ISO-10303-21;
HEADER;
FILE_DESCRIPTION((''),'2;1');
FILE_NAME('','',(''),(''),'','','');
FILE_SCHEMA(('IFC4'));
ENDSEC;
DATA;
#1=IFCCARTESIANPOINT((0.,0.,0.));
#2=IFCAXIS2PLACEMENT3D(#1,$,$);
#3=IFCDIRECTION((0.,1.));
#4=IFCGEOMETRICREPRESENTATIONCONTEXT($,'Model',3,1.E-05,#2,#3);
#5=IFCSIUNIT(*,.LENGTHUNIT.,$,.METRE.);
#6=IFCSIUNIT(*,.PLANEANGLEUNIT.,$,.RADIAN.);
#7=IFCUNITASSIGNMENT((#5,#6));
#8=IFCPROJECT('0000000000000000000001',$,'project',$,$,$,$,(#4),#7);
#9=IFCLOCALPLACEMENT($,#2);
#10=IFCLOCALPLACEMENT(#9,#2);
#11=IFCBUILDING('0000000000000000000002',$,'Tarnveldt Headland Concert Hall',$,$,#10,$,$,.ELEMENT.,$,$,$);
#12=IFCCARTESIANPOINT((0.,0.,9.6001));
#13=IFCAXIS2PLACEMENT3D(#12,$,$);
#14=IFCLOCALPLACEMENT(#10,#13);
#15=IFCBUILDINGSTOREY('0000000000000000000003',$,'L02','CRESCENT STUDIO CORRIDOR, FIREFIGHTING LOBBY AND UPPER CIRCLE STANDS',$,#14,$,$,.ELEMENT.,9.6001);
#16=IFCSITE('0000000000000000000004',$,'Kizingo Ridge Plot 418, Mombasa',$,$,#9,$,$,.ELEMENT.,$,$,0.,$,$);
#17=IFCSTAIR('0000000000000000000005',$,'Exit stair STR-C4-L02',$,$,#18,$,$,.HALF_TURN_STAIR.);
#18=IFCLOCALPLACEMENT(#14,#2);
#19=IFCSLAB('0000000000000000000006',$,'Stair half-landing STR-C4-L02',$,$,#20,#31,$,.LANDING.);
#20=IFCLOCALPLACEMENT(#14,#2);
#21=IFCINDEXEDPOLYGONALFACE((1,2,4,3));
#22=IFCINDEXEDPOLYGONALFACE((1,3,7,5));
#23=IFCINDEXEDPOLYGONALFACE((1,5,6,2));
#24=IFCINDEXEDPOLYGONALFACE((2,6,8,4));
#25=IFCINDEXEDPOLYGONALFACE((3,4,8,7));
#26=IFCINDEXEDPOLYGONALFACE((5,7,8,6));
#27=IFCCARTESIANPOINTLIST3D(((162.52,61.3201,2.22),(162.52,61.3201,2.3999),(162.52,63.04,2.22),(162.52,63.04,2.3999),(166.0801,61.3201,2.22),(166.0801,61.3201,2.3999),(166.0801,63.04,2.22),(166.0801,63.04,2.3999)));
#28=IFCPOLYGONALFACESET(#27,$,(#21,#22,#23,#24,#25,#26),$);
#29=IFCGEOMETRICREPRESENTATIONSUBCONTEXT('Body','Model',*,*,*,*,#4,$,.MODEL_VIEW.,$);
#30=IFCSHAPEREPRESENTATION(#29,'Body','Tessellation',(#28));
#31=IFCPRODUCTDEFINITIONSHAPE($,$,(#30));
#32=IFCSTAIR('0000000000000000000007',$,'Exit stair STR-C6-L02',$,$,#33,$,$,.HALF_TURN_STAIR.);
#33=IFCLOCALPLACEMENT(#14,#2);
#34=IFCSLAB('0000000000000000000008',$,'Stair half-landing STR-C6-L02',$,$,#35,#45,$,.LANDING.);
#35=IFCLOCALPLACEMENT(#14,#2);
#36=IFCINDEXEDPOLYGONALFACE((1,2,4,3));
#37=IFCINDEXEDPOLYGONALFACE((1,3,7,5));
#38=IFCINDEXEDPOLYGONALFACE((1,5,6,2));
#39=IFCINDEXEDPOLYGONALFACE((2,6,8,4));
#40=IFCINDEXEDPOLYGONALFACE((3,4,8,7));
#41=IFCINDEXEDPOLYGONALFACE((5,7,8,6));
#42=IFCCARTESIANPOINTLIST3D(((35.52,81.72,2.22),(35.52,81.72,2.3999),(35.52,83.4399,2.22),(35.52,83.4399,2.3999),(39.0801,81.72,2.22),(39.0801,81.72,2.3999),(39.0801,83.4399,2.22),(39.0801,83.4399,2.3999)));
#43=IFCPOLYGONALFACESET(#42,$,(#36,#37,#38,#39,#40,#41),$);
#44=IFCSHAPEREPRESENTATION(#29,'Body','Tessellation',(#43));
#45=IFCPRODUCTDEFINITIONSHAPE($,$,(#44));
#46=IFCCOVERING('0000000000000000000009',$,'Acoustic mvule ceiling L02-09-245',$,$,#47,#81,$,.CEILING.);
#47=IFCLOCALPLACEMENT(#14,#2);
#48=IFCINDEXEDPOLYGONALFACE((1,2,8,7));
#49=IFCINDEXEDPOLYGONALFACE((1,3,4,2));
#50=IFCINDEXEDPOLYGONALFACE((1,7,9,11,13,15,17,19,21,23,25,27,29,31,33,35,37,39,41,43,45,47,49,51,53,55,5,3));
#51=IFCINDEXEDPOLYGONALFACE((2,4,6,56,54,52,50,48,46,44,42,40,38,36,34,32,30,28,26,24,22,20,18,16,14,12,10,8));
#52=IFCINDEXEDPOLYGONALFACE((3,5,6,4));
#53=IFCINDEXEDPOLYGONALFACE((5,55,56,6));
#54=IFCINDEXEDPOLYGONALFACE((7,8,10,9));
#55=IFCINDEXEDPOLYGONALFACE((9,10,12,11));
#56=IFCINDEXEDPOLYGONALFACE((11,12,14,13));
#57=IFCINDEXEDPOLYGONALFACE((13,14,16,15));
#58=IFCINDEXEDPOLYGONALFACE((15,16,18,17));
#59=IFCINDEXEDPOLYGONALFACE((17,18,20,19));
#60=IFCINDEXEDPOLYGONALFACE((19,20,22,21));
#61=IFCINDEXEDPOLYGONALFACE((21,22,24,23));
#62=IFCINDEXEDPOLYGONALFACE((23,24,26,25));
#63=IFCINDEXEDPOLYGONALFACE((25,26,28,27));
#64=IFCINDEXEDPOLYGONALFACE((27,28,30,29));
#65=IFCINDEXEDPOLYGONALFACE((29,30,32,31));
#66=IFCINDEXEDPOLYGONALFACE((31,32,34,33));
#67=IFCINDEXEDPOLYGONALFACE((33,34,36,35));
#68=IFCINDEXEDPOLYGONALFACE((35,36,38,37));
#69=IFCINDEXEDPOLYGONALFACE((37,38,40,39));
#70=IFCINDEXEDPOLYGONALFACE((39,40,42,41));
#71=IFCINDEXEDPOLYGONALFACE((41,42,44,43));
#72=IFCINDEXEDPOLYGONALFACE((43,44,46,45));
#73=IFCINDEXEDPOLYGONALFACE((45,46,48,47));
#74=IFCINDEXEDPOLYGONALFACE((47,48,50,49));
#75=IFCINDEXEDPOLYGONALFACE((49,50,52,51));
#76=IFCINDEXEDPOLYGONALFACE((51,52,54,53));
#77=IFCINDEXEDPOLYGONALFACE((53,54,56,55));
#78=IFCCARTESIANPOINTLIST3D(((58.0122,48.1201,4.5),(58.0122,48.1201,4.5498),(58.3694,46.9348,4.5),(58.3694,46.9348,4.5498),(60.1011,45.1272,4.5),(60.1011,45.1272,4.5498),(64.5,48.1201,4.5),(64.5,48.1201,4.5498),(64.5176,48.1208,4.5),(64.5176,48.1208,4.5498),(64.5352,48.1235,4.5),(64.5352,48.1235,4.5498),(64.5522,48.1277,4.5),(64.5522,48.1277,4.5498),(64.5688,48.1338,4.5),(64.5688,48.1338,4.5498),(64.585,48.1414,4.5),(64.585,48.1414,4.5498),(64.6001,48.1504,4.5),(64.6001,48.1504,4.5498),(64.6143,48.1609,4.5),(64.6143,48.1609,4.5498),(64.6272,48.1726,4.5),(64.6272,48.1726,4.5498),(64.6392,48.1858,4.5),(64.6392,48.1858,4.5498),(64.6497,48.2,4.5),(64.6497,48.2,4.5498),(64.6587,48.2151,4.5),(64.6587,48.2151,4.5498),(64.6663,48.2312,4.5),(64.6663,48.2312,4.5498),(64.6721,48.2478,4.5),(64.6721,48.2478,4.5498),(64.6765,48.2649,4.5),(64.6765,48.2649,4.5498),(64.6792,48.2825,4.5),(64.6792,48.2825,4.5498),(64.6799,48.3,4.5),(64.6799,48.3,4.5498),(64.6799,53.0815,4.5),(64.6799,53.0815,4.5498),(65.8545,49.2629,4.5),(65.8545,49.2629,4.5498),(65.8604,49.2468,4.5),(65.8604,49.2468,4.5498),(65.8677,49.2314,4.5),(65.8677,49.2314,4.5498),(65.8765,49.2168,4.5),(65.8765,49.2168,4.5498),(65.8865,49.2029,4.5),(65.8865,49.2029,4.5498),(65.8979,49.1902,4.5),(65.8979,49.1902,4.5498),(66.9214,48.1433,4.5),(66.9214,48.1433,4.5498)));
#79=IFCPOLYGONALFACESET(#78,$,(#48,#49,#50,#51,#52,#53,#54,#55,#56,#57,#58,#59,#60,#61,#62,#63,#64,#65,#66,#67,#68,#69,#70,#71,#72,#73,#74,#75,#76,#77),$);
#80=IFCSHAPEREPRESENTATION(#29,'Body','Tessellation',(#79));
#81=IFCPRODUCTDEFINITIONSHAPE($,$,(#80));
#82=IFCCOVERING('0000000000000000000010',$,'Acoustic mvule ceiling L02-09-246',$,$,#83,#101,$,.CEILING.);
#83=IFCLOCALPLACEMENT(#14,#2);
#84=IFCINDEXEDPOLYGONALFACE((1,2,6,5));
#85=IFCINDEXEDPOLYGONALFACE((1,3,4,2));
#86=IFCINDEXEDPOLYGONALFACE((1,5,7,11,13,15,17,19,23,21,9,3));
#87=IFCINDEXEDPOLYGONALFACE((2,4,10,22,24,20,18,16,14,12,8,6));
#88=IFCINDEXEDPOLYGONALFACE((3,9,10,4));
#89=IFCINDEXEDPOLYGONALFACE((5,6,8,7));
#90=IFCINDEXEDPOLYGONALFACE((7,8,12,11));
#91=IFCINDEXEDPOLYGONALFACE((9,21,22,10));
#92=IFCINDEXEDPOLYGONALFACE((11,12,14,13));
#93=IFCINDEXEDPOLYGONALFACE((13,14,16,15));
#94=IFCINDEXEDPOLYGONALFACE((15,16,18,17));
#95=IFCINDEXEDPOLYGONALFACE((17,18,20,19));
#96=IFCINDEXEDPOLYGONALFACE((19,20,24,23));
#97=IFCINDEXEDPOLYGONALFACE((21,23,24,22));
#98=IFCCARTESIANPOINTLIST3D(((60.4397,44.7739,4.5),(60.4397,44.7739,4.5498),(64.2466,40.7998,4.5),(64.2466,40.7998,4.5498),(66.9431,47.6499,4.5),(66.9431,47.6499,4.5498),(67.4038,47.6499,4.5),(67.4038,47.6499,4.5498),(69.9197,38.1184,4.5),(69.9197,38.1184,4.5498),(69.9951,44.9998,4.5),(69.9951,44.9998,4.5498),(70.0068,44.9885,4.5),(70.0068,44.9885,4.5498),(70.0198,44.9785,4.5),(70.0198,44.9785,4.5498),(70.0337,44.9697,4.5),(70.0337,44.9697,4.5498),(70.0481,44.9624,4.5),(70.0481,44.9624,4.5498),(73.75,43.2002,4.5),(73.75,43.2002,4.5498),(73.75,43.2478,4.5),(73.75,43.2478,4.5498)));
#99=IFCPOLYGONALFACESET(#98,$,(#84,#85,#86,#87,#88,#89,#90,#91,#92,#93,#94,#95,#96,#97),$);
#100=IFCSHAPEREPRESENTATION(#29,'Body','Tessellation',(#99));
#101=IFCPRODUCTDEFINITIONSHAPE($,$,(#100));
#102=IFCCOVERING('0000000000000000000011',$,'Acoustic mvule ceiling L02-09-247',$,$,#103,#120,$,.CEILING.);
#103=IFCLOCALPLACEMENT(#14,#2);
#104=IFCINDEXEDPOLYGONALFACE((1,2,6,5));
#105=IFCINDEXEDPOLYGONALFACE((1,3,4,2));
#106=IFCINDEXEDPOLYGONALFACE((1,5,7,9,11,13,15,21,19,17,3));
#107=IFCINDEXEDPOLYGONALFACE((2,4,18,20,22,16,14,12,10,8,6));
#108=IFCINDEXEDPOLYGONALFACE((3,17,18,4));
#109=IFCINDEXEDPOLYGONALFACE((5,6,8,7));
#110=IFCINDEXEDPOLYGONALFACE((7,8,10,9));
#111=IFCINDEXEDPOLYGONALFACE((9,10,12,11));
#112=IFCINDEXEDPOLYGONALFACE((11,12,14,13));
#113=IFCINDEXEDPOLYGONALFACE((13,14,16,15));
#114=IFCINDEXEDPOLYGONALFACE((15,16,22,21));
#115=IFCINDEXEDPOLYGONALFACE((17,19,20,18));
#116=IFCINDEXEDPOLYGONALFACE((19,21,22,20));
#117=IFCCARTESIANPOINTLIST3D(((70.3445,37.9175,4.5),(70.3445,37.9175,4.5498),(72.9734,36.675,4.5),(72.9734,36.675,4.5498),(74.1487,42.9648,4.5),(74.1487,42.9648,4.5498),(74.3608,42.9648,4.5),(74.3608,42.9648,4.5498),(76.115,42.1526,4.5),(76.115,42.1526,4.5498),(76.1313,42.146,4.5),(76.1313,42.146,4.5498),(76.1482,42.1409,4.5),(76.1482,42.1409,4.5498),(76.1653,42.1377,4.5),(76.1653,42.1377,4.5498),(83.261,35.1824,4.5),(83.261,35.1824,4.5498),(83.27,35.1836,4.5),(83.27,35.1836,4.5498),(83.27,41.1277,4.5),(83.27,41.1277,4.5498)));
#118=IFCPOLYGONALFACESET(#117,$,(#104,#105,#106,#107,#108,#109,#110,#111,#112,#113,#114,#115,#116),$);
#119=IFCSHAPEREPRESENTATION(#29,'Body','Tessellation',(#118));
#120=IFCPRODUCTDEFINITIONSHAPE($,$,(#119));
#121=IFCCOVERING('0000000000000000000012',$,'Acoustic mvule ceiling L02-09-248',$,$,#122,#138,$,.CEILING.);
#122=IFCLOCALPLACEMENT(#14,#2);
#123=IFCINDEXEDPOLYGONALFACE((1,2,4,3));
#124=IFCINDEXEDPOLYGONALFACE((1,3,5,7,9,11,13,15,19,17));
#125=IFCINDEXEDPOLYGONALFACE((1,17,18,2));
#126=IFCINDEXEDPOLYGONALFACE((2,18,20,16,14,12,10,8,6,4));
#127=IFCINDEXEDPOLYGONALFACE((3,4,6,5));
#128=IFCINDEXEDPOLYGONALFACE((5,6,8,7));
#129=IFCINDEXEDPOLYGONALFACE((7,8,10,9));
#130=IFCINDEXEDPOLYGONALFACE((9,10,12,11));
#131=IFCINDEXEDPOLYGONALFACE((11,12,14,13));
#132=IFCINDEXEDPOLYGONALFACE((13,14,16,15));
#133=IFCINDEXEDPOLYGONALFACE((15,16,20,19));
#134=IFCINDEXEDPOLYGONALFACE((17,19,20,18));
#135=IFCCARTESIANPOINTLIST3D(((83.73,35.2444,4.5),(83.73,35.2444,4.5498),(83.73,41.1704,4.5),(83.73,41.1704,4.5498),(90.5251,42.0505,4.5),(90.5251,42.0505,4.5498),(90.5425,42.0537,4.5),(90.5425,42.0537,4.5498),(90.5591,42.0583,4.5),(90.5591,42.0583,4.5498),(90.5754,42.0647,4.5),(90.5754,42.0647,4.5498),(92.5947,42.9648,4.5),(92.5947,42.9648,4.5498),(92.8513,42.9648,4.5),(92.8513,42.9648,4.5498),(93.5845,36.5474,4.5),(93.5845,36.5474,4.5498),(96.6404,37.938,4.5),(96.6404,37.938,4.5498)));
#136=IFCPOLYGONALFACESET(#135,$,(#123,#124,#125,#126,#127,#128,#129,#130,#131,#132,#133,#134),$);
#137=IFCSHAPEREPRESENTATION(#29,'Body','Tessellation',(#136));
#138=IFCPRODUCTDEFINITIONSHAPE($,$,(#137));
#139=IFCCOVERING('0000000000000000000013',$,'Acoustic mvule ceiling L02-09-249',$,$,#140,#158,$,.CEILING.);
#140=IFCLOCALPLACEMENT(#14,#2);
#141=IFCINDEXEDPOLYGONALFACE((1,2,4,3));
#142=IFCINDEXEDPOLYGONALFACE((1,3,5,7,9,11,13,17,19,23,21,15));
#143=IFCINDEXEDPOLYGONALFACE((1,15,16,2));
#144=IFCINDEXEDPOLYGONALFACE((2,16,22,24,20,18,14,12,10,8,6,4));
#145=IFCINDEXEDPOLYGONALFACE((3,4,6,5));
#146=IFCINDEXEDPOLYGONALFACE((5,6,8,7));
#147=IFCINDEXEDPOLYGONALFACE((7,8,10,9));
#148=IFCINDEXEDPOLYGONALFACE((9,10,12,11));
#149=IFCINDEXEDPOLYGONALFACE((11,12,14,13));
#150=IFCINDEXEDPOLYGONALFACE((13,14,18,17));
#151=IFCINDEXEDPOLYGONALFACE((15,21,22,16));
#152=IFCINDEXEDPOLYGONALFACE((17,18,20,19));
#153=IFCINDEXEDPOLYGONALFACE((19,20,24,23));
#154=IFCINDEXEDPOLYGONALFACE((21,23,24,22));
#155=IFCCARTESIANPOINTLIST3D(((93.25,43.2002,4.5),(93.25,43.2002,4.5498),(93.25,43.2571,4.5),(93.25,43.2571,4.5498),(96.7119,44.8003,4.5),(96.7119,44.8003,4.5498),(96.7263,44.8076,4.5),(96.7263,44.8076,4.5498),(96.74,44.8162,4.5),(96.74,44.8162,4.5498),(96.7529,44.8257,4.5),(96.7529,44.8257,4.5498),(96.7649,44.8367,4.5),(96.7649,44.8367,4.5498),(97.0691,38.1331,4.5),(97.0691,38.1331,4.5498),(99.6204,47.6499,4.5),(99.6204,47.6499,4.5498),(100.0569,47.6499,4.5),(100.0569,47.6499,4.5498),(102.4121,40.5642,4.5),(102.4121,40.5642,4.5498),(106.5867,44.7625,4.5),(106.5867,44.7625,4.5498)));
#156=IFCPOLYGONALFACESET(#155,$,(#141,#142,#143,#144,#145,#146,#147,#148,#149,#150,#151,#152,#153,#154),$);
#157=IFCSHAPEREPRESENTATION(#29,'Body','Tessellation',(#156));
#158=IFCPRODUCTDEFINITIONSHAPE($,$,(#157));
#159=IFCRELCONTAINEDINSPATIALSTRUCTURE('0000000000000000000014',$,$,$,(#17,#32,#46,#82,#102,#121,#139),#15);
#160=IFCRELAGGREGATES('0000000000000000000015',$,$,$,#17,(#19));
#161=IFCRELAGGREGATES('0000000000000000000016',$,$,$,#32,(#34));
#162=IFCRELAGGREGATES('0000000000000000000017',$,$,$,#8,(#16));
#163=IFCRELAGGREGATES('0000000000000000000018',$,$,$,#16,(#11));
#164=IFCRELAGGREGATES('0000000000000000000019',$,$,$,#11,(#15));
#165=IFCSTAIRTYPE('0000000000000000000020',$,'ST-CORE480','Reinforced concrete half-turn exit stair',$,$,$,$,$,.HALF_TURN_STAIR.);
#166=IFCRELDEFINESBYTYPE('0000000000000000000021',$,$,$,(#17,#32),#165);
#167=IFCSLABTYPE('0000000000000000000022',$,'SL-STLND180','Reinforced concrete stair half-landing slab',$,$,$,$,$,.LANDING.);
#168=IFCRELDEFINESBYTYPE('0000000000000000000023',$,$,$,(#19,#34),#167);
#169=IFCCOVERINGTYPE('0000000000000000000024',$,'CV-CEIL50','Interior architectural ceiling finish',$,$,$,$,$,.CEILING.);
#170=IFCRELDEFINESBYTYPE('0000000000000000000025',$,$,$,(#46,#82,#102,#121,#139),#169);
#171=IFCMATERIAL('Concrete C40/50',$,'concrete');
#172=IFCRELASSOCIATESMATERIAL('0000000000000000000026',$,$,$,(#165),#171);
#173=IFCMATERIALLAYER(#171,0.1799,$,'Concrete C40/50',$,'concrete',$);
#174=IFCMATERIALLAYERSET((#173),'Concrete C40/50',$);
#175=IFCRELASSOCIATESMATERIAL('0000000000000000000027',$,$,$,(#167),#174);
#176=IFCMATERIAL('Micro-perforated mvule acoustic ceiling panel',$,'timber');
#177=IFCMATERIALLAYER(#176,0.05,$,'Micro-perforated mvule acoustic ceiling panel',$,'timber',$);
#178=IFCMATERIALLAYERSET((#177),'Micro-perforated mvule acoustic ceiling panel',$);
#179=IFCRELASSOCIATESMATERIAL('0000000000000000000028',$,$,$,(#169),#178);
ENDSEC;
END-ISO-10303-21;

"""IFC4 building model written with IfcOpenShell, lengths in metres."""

from ifc_helpers import new_model, si_unit, direction, frame, origin, place, context, subcontext, project, spatial, polyline, outline, extrude, material, layer, layer_set, type_object, element, aggregate, save


model = new_model("IFC4")

# Units and contexts
model_context = context("Model", 3, precision=1e-05, world=origin(), true_north=direction((0.0, 1.0)))
body_context = subcontext(model_context, "Body", "Model", "MODEL_VIEW")
ifc_project = project(units=[si_unit("LENGTHUNIT", "METRE"), si_unit("PLANEANGLEUNIT", "RADIAN")], contexts=[model_context])

# Site, building, storey
site_placement = place(None, origin())
site = spatial("IfcSite", under=ifc_project, at=site_placement, Name="Kizingo Ridge Plot 418, Mombasa", CompositionType="ELEMENT", RefElevation=0.0)
building_placement = place(site_placement, origin())
building = spatial("IfcBuilding", under=site, at=building_placement, Name="Tarnveldt Headland Concert Hall", CompositionType="ELEMENT")
storey_placement = place(building_placement, frame((0.0, 0.0, 9.6001)))
storey = spatial("IfcBuildingStorey", under=building, at=storey_placement, Name="L02", Description="CRESCENT STUDIO CORRIDOR, FIREFIGHTING LOBBY AND UPPER CIRCLE STANDS", CompositionType="ELEMENT", Elevation=9.6001)

# Stairs, slabs
ifc_material_1 = material(Name="Concrete C40/50", Category="concrete")
stair_type = type_object("IfcStairType", Name="ST-CORE480", Description="Reinforced concrete half-turn exit stair", PredefinedType="HALF_TURN_STAIR", material=ifc_material_1)
stair_1_placement = place(storey_placement, origin())
stair_1 = element("IfcStair", 1, at=stair_1_placement, inside=storey, type_object=stair_type, Name="Exit stair STR-C4-L02", PredefinedType="HALF_TURN_STAIR")
ifc_layer_1 = layer(ifc_material_1, 0.1799, Name="Concrete C40/50", Category="concrete")
ifc_layer_set_1 = layer_set([ifc_layer_1], Name="Concrete C40/50")
slab_type = type_object("IfcSlabType", Name="SL-STLND180", Description="Reinforced concrete stair half-landing slab", PredefinedType="LANDING", material=ifc_layer_set_1)
slab_1_placement = place(storey_placement, frame((0.0, 0.0, 2.22)))
slab_1 = element("IfcSlab", 2, at=slab_1_placement, type_object=slab_type, Name="Stair half-landing STR-C4-L02", PredefinedType="LANDING", context=body_context, shape_type="SweptSolid", body=[
    extrude(outline(polyline([(162.52, 61.3201), (166.0801, 61.3201), (166.0801, 63.04), (162.52, 63.04), (162.52, 61.3201)])), origin(), (0.0, 0.0, 1.0), 0.1799),
])
aggregate(stair_1, [slab_1])
stair_2_placement = place(storey_placement, origin())
stair_2 = element("IfcStair", 3, at=stair_2_placement, inside=storey, type_object=stair_type, Name="Exit stair STR-C6-L02", PredefinedType="HALF_TURN_STAIR")
slab_2_placement = place(storey_placement, frame((0.0, 0.0, 2.22)))
slab_2 = element("IfcSlab", 4, at=slab_2_placement, type_object=slab_type, Name="Stair half-landing STR-C6-L02", PredefinedType="LANDING", context=body_context, shape_type="SweptSolid", body=[
    extrude(outline(polyline([(35.52, 81.72), (39.0801, 81.72), (39.0801, 83.4399), (35.52, 83.4399), (35.52, 81.72)])), origin(), (0.0, 0.0, 1.0), 0.1799),
])
aggregate(stair_2, [slab_2])

# Coverings
ifc_material_2 = material(Name="Micro-perforated mvule acoustic ceiling panel", Category="timber")
ifc_layer_2 = layer(ifc_material_2, 0.05, Name="Micro-perforated mvule acoustic ceiling panel", Category="timber")
ifc_layer_set_2 = layer_set([ifc_layer_2], Name="Micro-perforated mvule acoustic ceiling panel")
covering_type_1 = type_object("IfcCoveringType", Name="CV-CEIL50", Description="Interior architectural ceiling finish", PredefinedType="CEILING", material=ifc_layer_set_2)
covering_1_placement = place(storey_placement, frame((0.0, 0.0, 4.5)))
element("IfcCovering", 5, at=covering_1_placement, inside=storey, type_object=covering_type_1, Name="Acoustic mvule ceiling L02-09-245", PredefinedType="CEILING", context=body_context, shape_type="SweptSolid", body=[
    extrude(outline(polyline([(58.0122, 48.1201), (64.5, 48.1201), (64.5176, 48.1208), (64.5352, 48.1235), (64.5522, 48.1277), (64.5688, 48.1338), (64.585, 48.1414), (64.6001, 48.1504), (64.6143, 48.1609), (64.6272, 48.1726), (64.6392, 48.1858), (64.6497, 48.2), (64.6587, 48.2151), (64.6663, 48.2312), (64.6721, 48.2478), (64.6765, 48.2649), (64.6792, 48.2825), (64.6799, 48.3), (64.6799, 53.0815), (65.8545, 49.2629), (65.8604, 49.2468), (65.8677, 49.2314), (65.8765, 49.2168), (65.8865, 49.2029), (65.8979, 49.1902), (66.9214, 48.1433), (60.1011, 45.1272), (58.3694, 46.9348), (58.0122, 48.1201)])), origin(), (0.0, 0.0, 1.0), 0.0498),
])
covering_2_placement = place(storey_placement, frame((0.0, 0.0, 4.5)))
element("IfcCovering", 6, at=covering_2_placement, inside=storey, type_object=covering_type_1, Name="Acoustic mvule ceiling L02-09-246", PredefinedType="CEILING", context=body_context, shape_type="SweptSolid", body=[
    extrude(outline(polyline([(70.0481, 44.9624), (73.75, 43.2478), (73.75, 43.2002), (69.9197, 38.1184), (64.2466, 40.7998), (60.4397, 44.7739), (66.9431, 47.6499), (67.4038, 47.6499), (69.9951, 44.9998), (70.0068, 44.9885), (70.0198, 44.9785), (70.0337, 44.9697), (70.0481, 44.9624)])), origin(), (0.0, 0.0, 1.0), 0.0498),
])
covering_3_placement = place(storey_placement, frame((0.0, 0.0, 4.5)))
element("IfcCovering", 7, at=covering_3_placement, inside=storey, type_object=covering_type_1, Name="Acoustic mvule ceiling L02-09-247", PredefinedType="CEILING", context=body_context, shape_type="SweptSolid", body=[
    extrude(outline(polyline([(76.1653, 42.1377), (83.27, 41.1277), (83.27, 35.1836), (83.261, 35.1824), (72.9734, 36.675), (70.3445, 37.9175), (74.1487, 42.9648), (74.3608, 42.9648), (76.115, 42.1526), (76.1313, 42.146), (76.1482, 42.1409), (76.1653, 42.1377)])), origin(), (0.0, 0.0, 1.0), 0.0498),
])
covering_4_placement = place(storey_placement, frame((0.0, 0.0, 4.5)))
element("IfcCovering", 8, at=covering_4_placement, inside=storey, type_object=covering_type_1, Name="Acoustic mvule ceiling L02-09-248", PredefinedType="CEILING", context=body_context, shape_type="SweptSolid", body=[
    extrude(outline(polyline([(90.5754, 42.0647), (92.5947, 42.9648), (92.8513, 42.9648), (96.6404, 37.938), (93.5845, 36.5474), (83.73, 35.2444), (83.73, 41.1704), (90.5251, 42.0505), (90.5425, 42.0537), (90.5591, 42.0583), (90.5754, 42.0647)])), origin(), (0.0, 0.0, 1.0), 0.0498),
])
covering_5_placement = place(storey_placement, frame((0.0, 0.0, 4.5)))
element("IfcCovering", 9, at=covering_5_placement, inside=storey, type_object=covering_type_1, Name="Acoustic mvule ceiling L02-09-249", PredefinedType="CEILING", context=body_context, shape_type="SweptSolid", body=[
    extrude(outline(polyline([(96.7263, 44.8076), (96.74, 44.8162), (96.7529, 44.8257), (96.7649, 44.8367), (99.6204, 47.6499), (100.0569, 47.6499), (106.5867, 44.7625), (102.4121, 40.5642), (97.0691, 38.1331), (93.25, 43.2002), (93.25, 43.2571), (96.7119, 44.8003), (96.7263, 44.8076)])), origin(), (0.0, 0.0, 1.0), 0.0498),
])

save(model, "model.ifc")
